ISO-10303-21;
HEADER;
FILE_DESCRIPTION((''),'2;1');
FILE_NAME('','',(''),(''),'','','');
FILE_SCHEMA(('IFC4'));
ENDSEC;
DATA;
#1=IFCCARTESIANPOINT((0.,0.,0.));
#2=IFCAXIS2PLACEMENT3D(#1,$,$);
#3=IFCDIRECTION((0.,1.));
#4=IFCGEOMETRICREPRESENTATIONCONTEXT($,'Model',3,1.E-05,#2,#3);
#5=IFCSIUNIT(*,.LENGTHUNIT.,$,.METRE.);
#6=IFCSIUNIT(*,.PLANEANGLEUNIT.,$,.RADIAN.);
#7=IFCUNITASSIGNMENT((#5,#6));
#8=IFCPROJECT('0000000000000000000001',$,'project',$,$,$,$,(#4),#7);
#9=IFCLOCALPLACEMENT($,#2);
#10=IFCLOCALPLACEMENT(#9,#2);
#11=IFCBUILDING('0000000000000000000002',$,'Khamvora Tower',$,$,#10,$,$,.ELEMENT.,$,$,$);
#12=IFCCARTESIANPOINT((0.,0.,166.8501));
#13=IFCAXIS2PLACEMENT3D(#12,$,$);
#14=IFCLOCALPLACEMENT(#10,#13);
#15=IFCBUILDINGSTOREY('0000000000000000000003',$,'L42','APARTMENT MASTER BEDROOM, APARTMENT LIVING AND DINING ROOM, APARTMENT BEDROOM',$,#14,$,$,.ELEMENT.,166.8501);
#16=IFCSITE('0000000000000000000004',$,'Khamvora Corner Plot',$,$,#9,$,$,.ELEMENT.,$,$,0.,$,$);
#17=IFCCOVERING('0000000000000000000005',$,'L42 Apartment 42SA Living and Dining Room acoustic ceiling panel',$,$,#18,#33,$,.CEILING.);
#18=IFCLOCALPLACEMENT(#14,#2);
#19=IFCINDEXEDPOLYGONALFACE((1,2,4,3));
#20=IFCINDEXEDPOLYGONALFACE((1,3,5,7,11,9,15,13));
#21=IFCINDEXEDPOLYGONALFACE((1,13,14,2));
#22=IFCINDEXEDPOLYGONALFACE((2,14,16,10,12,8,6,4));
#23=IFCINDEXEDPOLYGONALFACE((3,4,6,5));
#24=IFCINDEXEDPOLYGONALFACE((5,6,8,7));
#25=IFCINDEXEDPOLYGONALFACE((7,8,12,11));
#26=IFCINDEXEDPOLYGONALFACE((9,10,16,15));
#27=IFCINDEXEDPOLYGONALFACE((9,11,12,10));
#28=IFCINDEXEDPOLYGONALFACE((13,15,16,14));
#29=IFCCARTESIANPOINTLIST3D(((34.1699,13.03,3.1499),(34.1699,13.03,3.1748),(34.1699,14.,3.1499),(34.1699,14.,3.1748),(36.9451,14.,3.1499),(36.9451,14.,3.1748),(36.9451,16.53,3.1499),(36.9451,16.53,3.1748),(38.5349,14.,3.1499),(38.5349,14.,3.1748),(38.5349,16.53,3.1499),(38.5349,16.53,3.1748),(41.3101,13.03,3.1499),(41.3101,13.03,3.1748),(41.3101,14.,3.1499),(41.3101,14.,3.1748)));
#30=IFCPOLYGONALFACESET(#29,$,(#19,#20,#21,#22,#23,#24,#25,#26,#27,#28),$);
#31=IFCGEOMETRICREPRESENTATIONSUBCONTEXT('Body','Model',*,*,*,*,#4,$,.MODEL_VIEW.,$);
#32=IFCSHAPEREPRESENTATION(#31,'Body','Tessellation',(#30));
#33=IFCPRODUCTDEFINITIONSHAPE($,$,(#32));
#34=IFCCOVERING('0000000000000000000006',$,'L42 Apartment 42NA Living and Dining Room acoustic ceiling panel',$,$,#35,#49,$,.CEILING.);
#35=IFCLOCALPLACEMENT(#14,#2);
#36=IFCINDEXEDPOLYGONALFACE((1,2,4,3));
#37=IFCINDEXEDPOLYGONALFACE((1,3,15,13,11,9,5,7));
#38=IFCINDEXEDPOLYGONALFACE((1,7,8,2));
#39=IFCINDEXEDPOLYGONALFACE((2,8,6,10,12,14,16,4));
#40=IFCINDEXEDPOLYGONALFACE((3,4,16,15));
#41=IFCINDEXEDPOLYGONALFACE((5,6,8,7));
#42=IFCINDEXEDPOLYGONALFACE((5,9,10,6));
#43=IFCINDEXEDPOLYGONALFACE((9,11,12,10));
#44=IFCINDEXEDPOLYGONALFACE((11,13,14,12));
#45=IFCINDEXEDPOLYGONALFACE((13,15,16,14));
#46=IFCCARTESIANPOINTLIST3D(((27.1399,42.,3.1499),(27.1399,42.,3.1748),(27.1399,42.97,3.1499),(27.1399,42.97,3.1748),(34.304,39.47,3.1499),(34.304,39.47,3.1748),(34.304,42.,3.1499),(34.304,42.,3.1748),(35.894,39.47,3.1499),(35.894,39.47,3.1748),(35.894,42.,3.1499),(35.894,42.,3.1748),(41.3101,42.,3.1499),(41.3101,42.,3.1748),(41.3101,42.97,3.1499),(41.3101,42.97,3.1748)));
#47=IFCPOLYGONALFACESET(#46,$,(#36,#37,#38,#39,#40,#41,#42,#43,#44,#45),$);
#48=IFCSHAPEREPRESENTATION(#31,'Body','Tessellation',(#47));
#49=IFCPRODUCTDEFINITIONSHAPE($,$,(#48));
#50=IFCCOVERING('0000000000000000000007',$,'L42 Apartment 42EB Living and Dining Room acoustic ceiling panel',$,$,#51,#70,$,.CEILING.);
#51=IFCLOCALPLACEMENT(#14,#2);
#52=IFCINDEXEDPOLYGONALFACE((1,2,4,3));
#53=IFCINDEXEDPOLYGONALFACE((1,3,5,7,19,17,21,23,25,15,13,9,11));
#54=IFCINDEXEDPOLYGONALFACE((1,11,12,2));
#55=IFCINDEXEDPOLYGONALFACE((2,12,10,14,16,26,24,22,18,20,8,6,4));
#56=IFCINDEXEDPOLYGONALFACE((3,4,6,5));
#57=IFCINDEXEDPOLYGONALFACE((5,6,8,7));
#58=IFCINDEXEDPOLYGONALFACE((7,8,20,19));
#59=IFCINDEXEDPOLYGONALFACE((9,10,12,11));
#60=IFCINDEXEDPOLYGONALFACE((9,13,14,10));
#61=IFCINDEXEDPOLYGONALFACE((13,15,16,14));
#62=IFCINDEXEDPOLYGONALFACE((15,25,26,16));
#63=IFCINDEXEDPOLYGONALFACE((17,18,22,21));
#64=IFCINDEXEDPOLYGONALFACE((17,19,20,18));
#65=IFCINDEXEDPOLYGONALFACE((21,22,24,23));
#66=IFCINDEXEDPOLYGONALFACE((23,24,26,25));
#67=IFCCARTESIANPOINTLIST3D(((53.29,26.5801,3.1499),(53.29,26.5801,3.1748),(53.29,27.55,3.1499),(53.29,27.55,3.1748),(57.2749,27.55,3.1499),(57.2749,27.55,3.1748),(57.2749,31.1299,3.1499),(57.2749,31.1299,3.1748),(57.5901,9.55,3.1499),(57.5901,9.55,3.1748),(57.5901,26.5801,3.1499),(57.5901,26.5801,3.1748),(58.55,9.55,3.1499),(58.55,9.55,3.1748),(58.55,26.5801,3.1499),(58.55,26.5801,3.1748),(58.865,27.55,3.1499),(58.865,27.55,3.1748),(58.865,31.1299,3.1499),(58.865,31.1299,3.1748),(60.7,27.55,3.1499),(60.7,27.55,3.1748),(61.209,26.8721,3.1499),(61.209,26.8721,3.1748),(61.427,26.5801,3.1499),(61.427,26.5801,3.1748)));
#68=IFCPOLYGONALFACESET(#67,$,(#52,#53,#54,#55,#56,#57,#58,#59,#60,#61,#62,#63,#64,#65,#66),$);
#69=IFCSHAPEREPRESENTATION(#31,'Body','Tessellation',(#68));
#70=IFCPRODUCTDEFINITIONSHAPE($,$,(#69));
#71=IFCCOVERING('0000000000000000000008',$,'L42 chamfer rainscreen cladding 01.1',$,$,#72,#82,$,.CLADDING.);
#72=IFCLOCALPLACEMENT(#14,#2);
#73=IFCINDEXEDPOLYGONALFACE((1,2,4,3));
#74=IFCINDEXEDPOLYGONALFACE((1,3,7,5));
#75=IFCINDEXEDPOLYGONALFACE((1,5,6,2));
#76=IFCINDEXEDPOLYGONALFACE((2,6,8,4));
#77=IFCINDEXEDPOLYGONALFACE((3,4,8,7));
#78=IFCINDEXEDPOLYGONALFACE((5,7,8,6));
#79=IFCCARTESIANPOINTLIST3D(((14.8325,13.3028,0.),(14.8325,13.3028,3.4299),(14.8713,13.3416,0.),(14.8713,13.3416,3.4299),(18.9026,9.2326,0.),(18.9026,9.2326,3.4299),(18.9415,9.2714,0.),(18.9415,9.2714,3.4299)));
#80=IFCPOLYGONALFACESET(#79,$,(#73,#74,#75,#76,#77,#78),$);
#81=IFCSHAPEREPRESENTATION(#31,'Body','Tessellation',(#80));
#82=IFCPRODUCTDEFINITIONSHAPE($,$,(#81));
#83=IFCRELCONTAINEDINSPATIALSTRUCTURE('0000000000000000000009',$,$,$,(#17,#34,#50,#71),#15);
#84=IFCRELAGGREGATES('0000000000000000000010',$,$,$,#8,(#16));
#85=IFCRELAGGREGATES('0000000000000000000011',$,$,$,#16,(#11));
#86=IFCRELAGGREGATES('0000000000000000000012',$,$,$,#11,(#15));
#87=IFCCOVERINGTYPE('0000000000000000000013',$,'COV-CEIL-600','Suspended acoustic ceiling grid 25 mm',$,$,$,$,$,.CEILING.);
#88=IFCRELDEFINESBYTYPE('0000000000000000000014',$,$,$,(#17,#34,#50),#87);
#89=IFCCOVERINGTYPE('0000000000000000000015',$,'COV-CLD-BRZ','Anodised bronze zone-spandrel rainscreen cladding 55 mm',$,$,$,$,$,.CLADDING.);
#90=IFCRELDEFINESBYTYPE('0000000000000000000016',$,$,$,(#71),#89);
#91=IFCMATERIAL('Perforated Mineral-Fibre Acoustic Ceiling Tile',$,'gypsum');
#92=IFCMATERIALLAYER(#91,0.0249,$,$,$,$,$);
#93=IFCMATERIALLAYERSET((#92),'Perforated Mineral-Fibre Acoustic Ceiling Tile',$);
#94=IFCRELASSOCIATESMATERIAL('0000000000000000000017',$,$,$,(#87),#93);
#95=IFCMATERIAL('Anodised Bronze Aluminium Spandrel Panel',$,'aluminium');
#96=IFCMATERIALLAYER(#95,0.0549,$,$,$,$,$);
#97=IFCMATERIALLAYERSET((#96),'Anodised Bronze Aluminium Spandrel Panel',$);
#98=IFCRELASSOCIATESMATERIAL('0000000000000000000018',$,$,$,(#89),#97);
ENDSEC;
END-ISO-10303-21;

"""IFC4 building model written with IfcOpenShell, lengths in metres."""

from ifc_helpers import new_model, si_unit, direction, frame, origin, origin_2d, place, context, subcontext, project, spatial, polyline, rectangle, outline, extrude, material, layer, layer_set, type_object, element, save


model = new_model("IFC4")

# Units and contexts
model_context = context("Model", 3, precision=1e-05, world=origin(), true_north=direction((0.0, 1.0)))
body_context = subcontext(model_context, "Body", "Model", "MODEL_VIEW")
ifc_project = project(units=[si_unit("LENGTHUNIT", "METRE"), si_unit("PLANEANGLEUNIT", "RADIAN")], contexts=[model_context])

# Site, building, storey
site_placement = place(None, origin())
site = spatial("IfcSite", under=ifc_project, at=site_placement, Name="Khamvora Corner Plot", CompositionType="ELEMENT", RefElevation=0.0)
building_placement = place(site_placement, origin())
building = spatial("IfcBuilding", under=site, at=building_placement, Name="Khamvora Tower", CompositionType="ELEMENT")
storey_placement = place(building_placement, frame((0.0, 0.0, 166.8501)))
storey = spatial("IfcBuildingStorey", under=building, at=storey_placement, Name="L42", Description="APARTMENT MASTER BEDROOM, APARTMENT LIVING AND DINING ROOM, APARTMENT BEDROOM", CompositionType="ELEMENT", Elevation=166.8501)

# Coverings
ifc_material_1 = material(Name="Perforated Mineral-Fibre Acoustic Ceiling Tile", Category="gypsum")
ifc_layer_1 = layer(ifc_material_1, 0.0249)
ifc_layer_set_1 = layer_set([ifc_layer_1], Name="Perforated Mineral-Fibre Acoustic Ceiling Tile")
covering_type_1 = type_object("IfcCoveringType", Name="COV-CEIL-600", Description="Suspended acoustic ceiling grid 25 mm", PredefinedType="CEILING", material=ifc_layer_set_1)
covering_1_placement = place(storey_placement, frame((0.0, 0.0, 3.1499)))
element("IfcCovering", 1, at=covering_1_placement, inside=storey, type_object=covering_type_1, Name="L42 Apartment 42SA Living and Dining Room acoustic ceiling panel", PredefinedType="CEILING", context=body_context, shape_type="SweptSolid", body=[
    extrude(outline(polyline([(34.1699, 13.03), (34.1699, 14.0), (36.9451, 14.0), (36.9451, 16.53), (38.5349, 16.53), (38.5349, 14.0), (41.3101, 14.0), (41.3101, 13.03), (34.1699, 13.03)])), origin(), (0.0, 0.0, 1.0), 0.0249),
])
covering_2_placement = place(storey_placement, frame((0.0, 0.0, 3.1499)))
element("IfcCovering", 2, at=covering_2_placement, inside=storey, type_object=covering_type_1, Name="L42 Apartment 42NA Living and Dining Room acoustic ceiling panel", PredefinedType="CEILING", context=body_context, shape_type="SweptSolid", body=[
    extrude(outline(polyline([(35.894, 39.47), (34.304, 39.47), (34.304, 42.0), (27.1399, 42.0), (27.1399, 42.97), (41.3101, 42.97), (41.3101, 42.0), (35.894, 42.0), (35.894, 39.47)])), origin(), (0.0, 0.0, 1.0), 0.0249),
])
covering_3_placement = place(storey_placement, frame((0.0, 0.0, 3.1499)))
element("IfcCovering", 3, at=covering_3_placement, inside=storey, type_object=covering_type_1, Name="L42 Apartment 42EB Living and Dining Room acoustic ceiling panel", PredefinedType="CEILING", context=body_context, shape_type="SweptSolid", body=[
    extrude(outline(polyline([(58.55, 26.5801), (58.55, 9.55), (57.5901, 9.55), (57.5901, 26.5801), (53.29, 26.5801), (53.29, 27.55), (57.2749, 27.55), (57.2749, 31.1299), (58.865, 31.1299), (58.865, 27.55), (60.7, 27.55), (61.209, 26.8721), (61.427, 26.5801), (58.55, 26.5801)])), origin(), (0.0, 0.0, 1.0), 0.0249),
])
ifc_material_2 = material(Name="Anodised Bronze Aluminium Spandrel Panel", Category="aluminium")
ifc_layer_2 = layer(ifc_material_2, 0.0549)
ifc_layer_set_2 = layer_set([ifc_layer_2], Name="Anodised Bronze Aluminium Spandrel Panel")
covering_type_2 = type_object("IfcCoveringType", Name="COV-CLD-BRZ", Description="Anodised bronze zone-spandrel rainscreen cladding 55 mm", PredefinedType="CLADDING", material=ifc_layer_set_2)
covering_4_placement = place(storey_placement, frame((16.887, 11.2871, 0.0), z_axis=(0.0, 0.0, 1.0), x_axis=(-0.707107, 0.707107, 0.0)))
element("IfcCovering", 4, at=covering_4_placement, inside=storey, type_object=covering_type_2, Name="L42 chamfer rainscreen cladding 01.1", PredefinedType="CLADDING", context=body_context, shape_type="SweptSolid", body=[
    extrude(rectangle(XDim=5.7561, YDim=0.0549, at=origin_2d()), origin(), (0.0, 0.0, 1.0), 3.4299),
])

save(model, "model.ifc")
